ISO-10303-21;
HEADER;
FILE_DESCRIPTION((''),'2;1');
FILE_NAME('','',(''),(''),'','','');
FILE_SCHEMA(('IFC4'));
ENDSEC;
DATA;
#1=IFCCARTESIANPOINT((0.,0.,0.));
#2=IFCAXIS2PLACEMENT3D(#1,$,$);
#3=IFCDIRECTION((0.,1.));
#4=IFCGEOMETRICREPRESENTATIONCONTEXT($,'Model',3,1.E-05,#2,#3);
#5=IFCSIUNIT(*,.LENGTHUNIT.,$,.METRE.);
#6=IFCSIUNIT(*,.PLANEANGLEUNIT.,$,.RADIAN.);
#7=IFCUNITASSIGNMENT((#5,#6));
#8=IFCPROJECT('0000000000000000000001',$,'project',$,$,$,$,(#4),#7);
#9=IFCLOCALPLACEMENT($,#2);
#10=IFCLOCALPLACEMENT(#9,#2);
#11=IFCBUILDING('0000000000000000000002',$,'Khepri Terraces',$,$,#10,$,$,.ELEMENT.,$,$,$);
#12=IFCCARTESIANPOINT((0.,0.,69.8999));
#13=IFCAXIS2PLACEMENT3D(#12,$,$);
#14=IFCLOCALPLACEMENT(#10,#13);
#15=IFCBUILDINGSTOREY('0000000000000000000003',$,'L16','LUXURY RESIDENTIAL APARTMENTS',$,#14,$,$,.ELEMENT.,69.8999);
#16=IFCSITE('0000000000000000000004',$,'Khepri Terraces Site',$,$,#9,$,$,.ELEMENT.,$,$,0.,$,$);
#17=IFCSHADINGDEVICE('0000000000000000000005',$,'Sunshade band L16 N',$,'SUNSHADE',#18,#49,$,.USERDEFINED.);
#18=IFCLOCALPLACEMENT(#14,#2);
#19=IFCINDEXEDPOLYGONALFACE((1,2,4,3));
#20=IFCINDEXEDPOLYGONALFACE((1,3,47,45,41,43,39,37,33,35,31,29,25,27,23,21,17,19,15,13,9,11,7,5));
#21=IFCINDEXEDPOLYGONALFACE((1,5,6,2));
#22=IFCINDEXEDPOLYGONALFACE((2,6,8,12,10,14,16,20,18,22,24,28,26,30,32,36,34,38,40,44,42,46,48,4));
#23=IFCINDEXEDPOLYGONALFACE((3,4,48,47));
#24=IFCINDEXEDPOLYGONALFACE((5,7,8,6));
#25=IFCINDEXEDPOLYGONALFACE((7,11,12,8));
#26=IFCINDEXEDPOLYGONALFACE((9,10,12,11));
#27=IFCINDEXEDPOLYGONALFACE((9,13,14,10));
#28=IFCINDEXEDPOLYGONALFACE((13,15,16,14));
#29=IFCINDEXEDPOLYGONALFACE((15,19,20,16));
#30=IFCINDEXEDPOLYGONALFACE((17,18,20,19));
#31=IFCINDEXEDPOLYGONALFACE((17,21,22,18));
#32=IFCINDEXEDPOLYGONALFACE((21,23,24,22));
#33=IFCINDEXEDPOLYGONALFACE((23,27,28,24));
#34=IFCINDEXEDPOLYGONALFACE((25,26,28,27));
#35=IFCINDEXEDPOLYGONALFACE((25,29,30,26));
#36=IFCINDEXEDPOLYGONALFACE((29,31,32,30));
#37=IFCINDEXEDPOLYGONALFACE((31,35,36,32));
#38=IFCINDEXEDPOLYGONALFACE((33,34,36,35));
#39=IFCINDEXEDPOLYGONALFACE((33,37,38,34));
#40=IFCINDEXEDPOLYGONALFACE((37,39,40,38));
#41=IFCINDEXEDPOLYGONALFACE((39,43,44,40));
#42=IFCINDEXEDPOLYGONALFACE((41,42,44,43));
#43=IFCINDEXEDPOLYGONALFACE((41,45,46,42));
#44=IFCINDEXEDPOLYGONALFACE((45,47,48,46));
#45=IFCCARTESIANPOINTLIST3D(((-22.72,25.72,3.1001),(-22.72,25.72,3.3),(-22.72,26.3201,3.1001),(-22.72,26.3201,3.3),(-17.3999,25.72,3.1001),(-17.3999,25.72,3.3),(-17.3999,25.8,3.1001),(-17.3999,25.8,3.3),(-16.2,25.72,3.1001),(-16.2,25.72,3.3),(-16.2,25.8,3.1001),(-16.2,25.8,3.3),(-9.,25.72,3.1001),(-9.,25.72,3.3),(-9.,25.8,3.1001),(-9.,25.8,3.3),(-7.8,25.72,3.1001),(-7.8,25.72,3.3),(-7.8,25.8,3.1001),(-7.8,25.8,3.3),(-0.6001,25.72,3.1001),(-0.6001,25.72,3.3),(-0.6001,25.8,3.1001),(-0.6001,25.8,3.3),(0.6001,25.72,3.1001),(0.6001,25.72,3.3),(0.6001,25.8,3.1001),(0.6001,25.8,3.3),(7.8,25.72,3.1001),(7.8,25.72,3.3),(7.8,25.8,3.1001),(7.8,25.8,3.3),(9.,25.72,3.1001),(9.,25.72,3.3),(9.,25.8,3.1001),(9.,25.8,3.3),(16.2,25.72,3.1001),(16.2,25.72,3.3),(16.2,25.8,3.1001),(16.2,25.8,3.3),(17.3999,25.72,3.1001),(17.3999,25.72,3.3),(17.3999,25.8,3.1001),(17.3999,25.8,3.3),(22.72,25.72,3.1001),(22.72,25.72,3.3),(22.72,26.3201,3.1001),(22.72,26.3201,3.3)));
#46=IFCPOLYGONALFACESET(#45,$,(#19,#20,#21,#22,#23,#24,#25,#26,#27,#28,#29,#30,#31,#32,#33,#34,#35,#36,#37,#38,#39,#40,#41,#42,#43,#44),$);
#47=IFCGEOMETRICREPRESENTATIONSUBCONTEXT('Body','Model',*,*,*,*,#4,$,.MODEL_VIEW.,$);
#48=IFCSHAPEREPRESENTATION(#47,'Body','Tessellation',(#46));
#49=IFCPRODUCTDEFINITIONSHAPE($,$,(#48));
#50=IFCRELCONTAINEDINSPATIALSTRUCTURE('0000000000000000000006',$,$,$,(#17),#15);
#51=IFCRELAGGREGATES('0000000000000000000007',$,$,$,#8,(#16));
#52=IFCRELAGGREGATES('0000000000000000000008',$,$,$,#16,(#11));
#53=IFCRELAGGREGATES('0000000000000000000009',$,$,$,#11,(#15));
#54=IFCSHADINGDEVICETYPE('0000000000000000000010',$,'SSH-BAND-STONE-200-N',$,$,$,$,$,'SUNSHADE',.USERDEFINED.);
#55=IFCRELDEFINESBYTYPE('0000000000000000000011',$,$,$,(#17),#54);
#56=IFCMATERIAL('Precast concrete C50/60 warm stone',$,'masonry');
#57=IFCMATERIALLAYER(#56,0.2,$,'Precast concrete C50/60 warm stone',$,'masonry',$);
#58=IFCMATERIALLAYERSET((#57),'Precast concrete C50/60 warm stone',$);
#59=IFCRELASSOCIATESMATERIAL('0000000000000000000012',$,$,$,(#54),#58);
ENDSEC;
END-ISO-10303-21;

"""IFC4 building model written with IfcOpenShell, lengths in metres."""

from ifc_helpers import new_model, si_unit, direction, frame, origin, place, context, subcontext, project, spatial, polyline, outline, extrude, material, layer, layer_set, type_object, element, save


model = new_model("IFC4")

# Units and contexts
model_context = context("Model", 3, precision=1e-05, world=origin(), true_north=direction((0.0, 1.0)))
body_context = subcontext(model_context, "Body", "Model", "MODEL_VIEW")
ifc_project = project(units=[si_unit("LENGTHUNIT", "METRE"), si_unit("PLANEANGLEUNIT", "RADIAN")], contexts=[model_context])

# Site, building, storey
site_placement = place(None, origin())
site = spatial("IfcSite", under=ifc_project, at=site_placement, Name="Khepri Terraces Site", CompositionType="ELEMENT", RefElevation=0.0)
building_placement = place(site_placement, origin())
building = spatial("IfcBuilding", under=site, at=building_placement, Name="Khepri Terraces", CompositionType="ELEMENT")
storey_placement = place(building_placement, frame((0.0, 0.0, 69.8999)))
storey = spatial("IfcBuildingStorey", under=building, at=storey_placement, Name="L16", Description="LUXURY RESIDENTIAL APARTMENTS", CompositionType="ELEMENT", Elevation=69.8999)

# Shared definitions
ifc_material_1 = material(Name="Precast concrete C50/60 warm stone", Category="masonry")

# Shading device
ifc_layer_1 = layer(ifc_material_1, 0.2, Name="Precast concrete C50/60 warm stone", Category="masonry")
ifc_layer_set_1 = layer_set([ifc_layer_1], Name="Precast concrete C50/60 warm stone")
shading_device_type_1 = type_object("IfcShadingDeviceType", Name="SSH-BAND-STONE-200-N", ElementType="SUNSHADE", PredefinedType="USERDEFINED", material=ifc_layer_set_1)
shading_device_1_placement = place(storey_placement, frame((0.0, 0.0, 3.1001)))
element("IfcShadingDevice", 1, at=shading_device_1_placement, inside=storey, type_object=shading_device_type_1, Name="Sunshade band L16 N", ObjectType="SUNSHADE", PredefinedType="USERDEFINED", context=body_context, shape_type="SweptSolid", body=[
    extrude(outline(polyline([(17.3999, 25.72), (22.72, 25.72), (22.72, 26.3201), (-22.72, 26.3201), (-22.72, 25.72), (-17.3999, 25.72), (-17.3999, 25.8), (-16.2, 25.8), (-16.2, 25.72), (-9.0, 25.72), (-9.0, 25.8), (-7.8, 25.8), (-7.8, 25.72), (-0.6001, 25.72), (-0.6001, 25.8), (0.6001, 25.8), (0.6001, 25.72), (7.8, 25.72), (7.8, 25.8), (9.0, 25.8), (9.0, 25.72), (16.2, 25.72), (16.2, 25.8), (17.3999, 25.8), (17.3999, 25.72)])), origin(), (0.0, 0.0, 1.0), 0.2),
])

save(model, "model.ifc")
